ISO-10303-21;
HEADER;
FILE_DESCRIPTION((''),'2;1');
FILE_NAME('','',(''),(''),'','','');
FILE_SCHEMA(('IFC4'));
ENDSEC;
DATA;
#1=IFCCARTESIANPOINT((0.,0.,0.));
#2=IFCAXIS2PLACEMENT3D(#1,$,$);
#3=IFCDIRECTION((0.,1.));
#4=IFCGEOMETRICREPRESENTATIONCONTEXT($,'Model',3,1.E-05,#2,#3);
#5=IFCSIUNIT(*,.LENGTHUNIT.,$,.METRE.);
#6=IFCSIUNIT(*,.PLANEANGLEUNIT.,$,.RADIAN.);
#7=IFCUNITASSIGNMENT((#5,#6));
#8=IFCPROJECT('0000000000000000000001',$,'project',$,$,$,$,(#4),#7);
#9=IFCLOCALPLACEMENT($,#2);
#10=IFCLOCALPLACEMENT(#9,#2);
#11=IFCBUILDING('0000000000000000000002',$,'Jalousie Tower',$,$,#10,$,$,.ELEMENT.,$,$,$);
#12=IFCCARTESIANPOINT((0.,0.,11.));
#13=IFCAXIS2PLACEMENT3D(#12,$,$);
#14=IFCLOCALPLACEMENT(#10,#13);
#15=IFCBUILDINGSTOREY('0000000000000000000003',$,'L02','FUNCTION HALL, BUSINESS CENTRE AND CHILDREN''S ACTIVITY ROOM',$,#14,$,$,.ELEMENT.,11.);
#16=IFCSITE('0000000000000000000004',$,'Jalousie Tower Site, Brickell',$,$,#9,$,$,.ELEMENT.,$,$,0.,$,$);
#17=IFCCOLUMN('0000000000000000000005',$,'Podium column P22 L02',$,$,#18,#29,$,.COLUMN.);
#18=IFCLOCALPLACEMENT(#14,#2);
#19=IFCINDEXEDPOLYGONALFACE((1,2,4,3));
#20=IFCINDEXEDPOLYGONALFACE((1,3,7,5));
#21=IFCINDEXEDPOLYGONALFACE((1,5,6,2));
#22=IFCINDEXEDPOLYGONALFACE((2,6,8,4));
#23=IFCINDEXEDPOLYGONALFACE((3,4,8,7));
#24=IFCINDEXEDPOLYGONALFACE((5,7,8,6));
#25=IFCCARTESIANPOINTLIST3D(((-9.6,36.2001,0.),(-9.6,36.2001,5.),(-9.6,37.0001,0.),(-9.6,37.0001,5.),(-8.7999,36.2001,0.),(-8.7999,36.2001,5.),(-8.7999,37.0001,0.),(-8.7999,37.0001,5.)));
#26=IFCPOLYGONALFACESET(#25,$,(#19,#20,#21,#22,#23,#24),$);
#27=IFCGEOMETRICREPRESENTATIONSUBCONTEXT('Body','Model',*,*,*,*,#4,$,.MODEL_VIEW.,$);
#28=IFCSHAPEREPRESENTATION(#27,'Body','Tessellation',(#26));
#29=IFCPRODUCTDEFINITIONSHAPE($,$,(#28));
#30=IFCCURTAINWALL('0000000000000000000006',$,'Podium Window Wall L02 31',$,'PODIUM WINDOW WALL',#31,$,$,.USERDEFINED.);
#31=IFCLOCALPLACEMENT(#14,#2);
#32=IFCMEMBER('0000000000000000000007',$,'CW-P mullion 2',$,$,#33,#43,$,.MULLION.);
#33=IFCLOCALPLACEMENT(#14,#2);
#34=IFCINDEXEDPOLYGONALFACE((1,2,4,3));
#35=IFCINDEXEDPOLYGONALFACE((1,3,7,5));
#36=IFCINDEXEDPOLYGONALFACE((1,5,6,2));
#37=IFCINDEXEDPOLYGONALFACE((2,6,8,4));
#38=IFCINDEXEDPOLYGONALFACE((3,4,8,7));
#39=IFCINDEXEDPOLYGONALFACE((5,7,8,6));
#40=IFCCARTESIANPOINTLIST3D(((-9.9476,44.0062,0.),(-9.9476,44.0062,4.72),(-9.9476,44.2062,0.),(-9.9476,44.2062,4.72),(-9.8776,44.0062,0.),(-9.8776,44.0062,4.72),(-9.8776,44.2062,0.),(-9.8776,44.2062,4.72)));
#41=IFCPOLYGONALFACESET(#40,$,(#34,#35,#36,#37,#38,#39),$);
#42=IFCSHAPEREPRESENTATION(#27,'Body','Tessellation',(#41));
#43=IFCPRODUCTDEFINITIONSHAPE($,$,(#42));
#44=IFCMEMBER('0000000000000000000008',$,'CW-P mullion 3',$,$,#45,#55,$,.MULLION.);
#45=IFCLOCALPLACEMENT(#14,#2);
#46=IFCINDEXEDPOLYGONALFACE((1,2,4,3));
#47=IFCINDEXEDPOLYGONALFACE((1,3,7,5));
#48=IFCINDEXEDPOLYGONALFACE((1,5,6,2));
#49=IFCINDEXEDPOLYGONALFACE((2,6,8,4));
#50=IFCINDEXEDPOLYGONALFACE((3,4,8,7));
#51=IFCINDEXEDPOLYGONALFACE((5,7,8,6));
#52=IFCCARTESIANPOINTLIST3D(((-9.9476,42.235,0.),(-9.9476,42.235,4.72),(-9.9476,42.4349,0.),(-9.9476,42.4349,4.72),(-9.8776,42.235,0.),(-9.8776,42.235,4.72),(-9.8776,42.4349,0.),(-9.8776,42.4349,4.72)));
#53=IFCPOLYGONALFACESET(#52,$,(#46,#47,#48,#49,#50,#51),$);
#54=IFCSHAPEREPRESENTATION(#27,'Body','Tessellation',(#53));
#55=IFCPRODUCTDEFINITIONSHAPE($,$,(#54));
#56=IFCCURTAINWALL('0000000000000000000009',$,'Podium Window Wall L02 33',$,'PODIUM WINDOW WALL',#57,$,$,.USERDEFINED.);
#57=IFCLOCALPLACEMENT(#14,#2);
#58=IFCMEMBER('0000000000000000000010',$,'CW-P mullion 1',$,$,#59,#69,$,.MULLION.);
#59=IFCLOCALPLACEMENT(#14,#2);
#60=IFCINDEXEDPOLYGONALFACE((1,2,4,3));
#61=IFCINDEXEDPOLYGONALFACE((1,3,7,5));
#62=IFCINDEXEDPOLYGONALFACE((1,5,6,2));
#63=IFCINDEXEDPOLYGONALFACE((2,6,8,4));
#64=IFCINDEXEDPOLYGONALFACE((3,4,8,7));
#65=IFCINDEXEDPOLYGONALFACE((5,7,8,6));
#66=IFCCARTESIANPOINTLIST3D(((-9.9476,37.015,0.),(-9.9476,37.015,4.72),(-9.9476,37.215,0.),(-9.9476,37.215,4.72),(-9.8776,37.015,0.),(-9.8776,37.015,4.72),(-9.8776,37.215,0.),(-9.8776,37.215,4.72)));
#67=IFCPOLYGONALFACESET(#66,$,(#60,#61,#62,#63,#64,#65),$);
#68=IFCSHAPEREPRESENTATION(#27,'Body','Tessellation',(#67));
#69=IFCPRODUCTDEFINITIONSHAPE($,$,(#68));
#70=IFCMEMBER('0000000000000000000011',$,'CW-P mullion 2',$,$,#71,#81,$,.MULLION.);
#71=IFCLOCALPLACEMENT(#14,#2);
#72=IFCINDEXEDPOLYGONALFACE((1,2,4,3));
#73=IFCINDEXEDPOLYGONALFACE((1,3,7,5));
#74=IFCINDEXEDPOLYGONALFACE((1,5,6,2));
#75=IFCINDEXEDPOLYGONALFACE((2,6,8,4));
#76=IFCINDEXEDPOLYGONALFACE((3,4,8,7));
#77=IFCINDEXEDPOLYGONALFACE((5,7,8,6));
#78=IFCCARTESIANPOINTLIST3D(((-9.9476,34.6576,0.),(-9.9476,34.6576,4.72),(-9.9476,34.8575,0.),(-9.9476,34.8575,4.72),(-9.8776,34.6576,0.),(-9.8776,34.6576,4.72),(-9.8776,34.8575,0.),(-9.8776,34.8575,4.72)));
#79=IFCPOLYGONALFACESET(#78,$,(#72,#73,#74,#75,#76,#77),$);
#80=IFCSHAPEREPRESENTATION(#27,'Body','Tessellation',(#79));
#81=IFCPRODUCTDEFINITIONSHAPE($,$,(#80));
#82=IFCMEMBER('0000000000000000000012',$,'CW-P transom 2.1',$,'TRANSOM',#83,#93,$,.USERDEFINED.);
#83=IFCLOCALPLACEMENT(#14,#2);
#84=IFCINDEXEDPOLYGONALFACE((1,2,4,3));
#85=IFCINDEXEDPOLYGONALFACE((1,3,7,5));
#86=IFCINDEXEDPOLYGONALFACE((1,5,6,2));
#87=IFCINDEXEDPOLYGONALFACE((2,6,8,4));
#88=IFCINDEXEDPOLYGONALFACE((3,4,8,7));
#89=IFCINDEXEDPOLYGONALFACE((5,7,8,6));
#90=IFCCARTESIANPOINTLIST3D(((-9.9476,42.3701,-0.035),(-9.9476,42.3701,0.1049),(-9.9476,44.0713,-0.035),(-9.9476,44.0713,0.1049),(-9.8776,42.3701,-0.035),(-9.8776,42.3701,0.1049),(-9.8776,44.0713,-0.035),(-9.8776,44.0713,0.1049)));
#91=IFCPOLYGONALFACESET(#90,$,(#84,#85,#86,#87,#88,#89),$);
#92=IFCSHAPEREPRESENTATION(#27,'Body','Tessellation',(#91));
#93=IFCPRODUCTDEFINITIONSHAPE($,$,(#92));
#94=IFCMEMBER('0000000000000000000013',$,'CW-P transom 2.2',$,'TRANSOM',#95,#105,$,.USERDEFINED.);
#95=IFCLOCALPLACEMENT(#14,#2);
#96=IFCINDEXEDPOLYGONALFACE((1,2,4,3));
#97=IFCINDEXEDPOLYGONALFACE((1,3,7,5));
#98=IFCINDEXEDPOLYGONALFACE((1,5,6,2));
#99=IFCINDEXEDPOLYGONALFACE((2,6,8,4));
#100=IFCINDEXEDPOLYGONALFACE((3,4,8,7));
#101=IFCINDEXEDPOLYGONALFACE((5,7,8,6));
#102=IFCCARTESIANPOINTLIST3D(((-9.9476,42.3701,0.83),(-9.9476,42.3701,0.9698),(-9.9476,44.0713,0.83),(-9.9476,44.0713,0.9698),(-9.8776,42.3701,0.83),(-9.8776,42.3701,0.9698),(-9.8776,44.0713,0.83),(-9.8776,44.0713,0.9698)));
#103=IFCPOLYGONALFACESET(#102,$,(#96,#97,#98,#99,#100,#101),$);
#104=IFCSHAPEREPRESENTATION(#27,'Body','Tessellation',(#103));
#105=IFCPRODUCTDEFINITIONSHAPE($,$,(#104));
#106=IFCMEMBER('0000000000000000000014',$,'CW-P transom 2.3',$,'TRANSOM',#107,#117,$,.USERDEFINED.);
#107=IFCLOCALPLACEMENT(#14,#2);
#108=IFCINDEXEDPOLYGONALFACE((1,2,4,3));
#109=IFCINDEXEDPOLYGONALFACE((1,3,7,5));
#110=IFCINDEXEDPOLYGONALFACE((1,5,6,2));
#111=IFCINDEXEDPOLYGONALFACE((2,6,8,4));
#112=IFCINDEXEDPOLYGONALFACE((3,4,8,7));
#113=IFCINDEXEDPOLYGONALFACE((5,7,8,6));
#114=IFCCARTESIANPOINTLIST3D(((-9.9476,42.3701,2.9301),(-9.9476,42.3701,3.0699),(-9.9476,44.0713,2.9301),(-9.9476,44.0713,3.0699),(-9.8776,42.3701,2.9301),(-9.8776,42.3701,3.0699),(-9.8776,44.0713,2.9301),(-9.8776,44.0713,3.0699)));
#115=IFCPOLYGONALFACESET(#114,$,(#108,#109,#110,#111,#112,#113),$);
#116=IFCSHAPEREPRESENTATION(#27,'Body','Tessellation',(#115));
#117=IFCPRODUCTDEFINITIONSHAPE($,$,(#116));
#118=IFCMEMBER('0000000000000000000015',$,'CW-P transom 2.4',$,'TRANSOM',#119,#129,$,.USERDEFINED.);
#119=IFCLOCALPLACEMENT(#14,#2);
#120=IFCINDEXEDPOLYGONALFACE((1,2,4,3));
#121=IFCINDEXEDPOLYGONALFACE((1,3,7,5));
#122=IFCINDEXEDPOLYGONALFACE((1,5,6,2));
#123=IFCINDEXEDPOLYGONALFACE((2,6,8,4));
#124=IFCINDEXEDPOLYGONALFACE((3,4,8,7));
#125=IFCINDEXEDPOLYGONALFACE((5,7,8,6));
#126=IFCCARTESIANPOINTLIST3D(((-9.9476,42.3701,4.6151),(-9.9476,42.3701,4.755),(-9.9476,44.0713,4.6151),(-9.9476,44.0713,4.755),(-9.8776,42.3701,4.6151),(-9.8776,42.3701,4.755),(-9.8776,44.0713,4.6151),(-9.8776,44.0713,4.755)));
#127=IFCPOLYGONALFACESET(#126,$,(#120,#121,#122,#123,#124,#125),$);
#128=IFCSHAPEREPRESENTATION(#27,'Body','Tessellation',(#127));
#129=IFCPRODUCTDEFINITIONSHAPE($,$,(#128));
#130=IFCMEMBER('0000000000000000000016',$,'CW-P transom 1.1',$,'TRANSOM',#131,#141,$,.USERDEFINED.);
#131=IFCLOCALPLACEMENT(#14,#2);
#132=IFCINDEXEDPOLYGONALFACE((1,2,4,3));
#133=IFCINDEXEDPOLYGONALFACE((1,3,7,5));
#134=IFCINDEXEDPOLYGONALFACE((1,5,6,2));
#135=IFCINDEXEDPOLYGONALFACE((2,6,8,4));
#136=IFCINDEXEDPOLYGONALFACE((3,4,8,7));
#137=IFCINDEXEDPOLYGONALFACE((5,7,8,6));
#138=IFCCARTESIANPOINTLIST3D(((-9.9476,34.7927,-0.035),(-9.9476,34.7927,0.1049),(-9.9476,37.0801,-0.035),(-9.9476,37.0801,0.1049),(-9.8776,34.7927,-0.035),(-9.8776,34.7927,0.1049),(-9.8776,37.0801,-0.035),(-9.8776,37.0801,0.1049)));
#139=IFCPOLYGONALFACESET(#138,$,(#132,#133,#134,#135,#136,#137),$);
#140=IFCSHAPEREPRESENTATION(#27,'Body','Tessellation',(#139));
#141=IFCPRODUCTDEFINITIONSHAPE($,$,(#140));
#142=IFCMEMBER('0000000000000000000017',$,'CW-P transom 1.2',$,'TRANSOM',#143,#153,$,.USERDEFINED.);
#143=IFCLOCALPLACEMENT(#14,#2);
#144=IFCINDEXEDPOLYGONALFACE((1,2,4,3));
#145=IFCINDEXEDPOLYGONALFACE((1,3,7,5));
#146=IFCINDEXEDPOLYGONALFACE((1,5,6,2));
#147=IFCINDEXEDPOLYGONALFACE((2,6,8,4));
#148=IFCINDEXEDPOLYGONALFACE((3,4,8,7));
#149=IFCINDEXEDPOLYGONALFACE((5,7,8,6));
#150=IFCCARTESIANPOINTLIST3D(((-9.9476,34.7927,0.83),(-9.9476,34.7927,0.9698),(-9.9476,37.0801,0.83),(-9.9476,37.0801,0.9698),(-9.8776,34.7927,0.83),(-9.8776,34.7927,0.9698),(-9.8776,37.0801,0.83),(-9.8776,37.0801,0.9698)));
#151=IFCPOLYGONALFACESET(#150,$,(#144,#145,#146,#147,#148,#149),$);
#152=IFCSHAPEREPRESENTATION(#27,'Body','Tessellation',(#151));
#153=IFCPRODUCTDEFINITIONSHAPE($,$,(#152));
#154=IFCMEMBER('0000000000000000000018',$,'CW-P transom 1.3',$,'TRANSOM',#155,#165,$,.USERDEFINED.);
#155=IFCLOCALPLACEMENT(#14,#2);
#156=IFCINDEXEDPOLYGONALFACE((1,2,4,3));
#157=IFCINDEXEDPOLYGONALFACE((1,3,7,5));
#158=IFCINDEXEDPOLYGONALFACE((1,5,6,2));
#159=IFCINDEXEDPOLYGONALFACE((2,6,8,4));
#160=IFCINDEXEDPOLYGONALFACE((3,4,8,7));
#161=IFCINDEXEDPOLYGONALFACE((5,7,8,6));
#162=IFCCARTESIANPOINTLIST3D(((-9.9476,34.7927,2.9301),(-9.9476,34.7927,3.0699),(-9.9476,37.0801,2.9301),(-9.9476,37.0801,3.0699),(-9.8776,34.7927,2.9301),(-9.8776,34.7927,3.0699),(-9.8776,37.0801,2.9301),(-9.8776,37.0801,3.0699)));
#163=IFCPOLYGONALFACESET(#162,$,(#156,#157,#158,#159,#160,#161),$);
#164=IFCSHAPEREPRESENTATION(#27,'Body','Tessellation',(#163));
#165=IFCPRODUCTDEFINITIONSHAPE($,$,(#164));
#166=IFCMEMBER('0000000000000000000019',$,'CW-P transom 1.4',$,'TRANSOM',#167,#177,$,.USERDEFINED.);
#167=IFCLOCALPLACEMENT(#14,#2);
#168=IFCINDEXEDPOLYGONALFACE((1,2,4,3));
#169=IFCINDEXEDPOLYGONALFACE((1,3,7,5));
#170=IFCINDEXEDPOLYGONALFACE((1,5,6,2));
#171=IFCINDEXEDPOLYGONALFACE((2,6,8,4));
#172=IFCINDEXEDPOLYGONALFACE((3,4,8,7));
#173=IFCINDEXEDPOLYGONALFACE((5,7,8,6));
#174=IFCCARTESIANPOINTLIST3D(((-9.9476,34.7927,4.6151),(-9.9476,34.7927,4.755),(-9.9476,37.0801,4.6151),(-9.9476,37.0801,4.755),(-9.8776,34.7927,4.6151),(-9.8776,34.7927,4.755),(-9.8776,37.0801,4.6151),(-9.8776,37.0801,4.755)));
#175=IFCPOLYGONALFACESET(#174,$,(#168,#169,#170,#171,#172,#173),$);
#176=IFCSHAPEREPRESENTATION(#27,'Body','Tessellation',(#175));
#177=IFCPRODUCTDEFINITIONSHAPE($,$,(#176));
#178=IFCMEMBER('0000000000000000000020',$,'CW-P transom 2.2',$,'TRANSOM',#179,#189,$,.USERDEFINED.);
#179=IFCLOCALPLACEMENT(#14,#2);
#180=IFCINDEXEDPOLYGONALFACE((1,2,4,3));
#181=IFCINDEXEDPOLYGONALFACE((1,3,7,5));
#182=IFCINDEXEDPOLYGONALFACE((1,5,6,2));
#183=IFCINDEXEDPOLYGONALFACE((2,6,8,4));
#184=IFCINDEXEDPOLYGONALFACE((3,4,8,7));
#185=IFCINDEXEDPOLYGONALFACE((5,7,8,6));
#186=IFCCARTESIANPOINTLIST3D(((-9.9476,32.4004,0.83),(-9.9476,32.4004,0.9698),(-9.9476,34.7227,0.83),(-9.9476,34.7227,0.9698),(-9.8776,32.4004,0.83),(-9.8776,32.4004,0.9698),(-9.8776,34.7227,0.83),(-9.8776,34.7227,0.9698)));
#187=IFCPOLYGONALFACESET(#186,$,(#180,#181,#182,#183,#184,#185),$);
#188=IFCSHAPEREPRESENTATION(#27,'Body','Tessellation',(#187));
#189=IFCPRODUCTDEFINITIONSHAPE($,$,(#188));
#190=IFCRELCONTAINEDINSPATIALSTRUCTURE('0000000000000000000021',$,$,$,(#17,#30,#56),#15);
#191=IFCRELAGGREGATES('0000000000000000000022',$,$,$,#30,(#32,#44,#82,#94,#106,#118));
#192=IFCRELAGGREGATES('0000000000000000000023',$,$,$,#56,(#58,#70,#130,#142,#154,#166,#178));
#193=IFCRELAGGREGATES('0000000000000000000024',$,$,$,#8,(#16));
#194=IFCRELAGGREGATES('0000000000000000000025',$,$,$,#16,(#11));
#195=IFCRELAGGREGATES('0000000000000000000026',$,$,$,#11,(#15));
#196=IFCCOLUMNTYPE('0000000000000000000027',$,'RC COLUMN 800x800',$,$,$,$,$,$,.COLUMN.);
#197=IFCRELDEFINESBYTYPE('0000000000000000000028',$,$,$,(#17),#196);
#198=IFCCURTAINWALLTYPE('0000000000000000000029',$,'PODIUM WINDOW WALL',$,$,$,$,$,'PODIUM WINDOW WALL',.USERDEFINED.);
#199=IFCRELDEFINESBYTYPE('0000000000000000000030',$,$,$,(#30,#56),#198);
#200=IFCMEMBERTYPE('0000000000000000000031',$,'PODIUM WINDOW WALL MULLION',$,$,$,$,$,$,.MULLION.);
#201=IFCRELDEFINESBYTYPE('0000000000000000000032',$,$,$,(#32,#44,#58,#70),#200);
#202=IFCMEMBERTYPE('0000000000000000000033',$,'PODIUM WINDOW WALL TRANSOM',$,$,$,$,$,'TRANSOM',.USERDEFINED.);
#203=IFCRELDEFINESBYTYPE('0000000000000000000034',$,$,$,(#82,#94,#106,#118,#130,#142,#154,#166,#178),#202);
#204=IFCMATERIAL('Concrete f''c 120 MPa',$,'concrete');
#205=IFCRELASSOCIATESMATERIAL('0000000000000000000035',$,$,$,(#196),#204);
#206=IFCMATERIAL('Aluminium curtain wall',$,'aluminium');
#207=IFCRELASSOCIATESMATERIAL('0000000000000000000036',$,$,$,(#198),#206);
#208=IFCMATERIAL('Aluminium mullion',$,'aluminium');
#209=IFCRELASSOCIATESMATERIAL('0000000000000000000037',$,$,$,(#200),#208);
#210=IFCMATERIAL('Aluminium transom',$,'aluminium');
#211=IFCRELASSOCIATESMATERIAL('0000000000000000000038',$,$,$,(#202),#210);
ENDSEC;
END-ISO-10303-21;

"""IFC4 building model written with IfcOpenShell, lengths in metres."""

from ifc_helpers import new_model, si_unit, direction, frame, origin, origin_2d, place, context, subcontext, project, spatial, rectangle, extrude, material, material_profile, profile_set, type_object, element, aggregate, save


model = new_model("IFC4")

# Units and contexts
model_context = context("Model", 3, precision=1e-05, world=origin(), true_north=direction((0.0, 1.0)))
body_context = subcontext(model_context, "Body", "Model", "MODEL_VIEW")
ifc_project = project(units=[si_unit("LENGTHUNIT", "METRE"), si_unit("PLANEANGLEUNIT", "RADIAN")], contexts=[model_context])

# Site, building, storey
site_placement = place(None, origin())
site = spatial("IfcSite", under=ifc_project, at=site_placement, Name="Jalousie Tower Site, Brickell", CompositionType="ELEMENT", RefElevation=0.0)
building_placement = place(site_placement, origin())
building = spatial("IfcBuilding", under=site, at=building_placement, Name="Jalousie Tower", CompositionType="ELEMENT")
storey_placement = place(building_placement, frame((0.0, 0.0, 11.0)))
storey = spatial("IfcBuildingStorey", under=building, at=storey_placement, Name="L02", Description="FUNCTION HALL, BUSINESS CENTRE AND CHILDREN'S ACTIVITY ROOM", CompositionType="ELEMENT", Elevation=11.0)

# Column
ifc_material_1 = material(Name="Concrete f'c 120 MPa", Category="concrete")
ifc_material_profile_1 = material_profile(ifc_material_1, rectangle(XDim=0.8, YDim=0.8, at=origin_2d()), Name="RC 800x800")
ifc_profile_set_1 = profile_set([ifc_material_profile_1], Name="Concrete f'c 120 MPa")
column_type = type_object("IfcColumnType", Name="RC COLUMN 800x800", PredefinedType="COLUMN", material=ifc_profile_set_1)
column_placement = place(storey_placement, frame((-9.2, 36.6001, 0.0), z_axis=(0.0, 0.0, 1.0), x_axis=(1.0, 0.0, 0.0)))
element("IfcColumn", 1, at=column_placement, inside=storey, type_object=column_type, Name="Podium column P22 L02", PredefinedType="COLUMN", context=body_context, shape_type="SweptSolid", body=[
    extrude(rectangle(XDim=0.8, YDim=0.8, at=origin_2d()), origin(), (0.0, 0.0, 1.0), 5.0),
])

# Curtain walls, members
ifc_material_2 = material(Name="Aluminium curtain wall", Category="aluminium")
curtain_wall_type = type_object("IfcCurtainWallType", Name="PODIUM WINDOW WALL", ElementType="PODIUM WINDOW WALL", PredefinedType="USERDEFINED", material=ifc_material_2)
curtain_wall_1_placement = place(storey_placement, origin())
curtain_wall_1 = element("IfcCurtainWall", 2, at=curtain_wall_1_placement, inside=storey, type_object=curtain_wall_type, Name="Podium Window Wall L02 31", ObjectType="PODIUM WINDOW WALL", PredefinedType="USERDEFINED")
ifc_material_3 = material(Name="Aluminium mullion", Category="aluminium")
ifc_material_profile_2 = material_profile(ifc_material_3, rectangle(XDim=0.0701, YDim=0.2, at=origin_2d()), Name="MULLION 70x200")
ifc_profile_set_2 = profile_set([ifc_material_profile_2], Name="Aluminium mullion")
member_type_1 = type_object("IfcMemberType", Name="PODIUM WINDOW WALL MULLION", PredefinedType="MULLION", material=ifc_profile_set_2)
member_1_placement = place(storey_placement, frame((-9.9126, 44.1062, 0.0), z_axis=(0.0, 0.0, 1.0), x_axis=(1.0, 0.0, 0.0)))
member_1 = element("IfcMember", 3, at=member_1_placement, type_object=member_type_1, Name="CW-P mullion 2", PredefinedType="MULLION", context=body_context, shape_type="SweptSolid", body=[
    extrude(rectangle(XDim=0.0701, YDim=0.2, at=origin_2d()), origin(), (0.0, 0.0, 1.0), 4.72),
])
member_2_placement = place(storey_placement, frame((-9.9126, 42.335, 0.0), z_axis=(0.0, 0.0, 1.0), x_axis=(1.0, 0.0, 0.0)))
member_2 = element("IfcMember", 4, at=member_2_placement, type_object=member_type_1, Name="CW-P mullion 3", PredefinedType="MULLION", context=body_context, shape_type="SweptSolid", body=[
    extrude(rectangle(XDim=0.0701, YDim=0.2, at=origin_2d()), origin(), (0.0, 0.0, 1.0), 4.72),
])
curtain_wall_2_placement = place(storey_placement, origin())
curtain_wall_2 = element("IfcCurtainWall", 5, at=curtain_wall_2_placement, inside=storey, type_object=curtain_wall_type, Name="Podium Window Wall L02 33", ObjectType="PODIUM WINDOW WALL", PredefinedType="USERDEFINED")
member_3_placement = place(storey_placement, frame((-9.9126, 37.115, 0.0), z_axis=(0.0, 0.0, 1.0), x_axis=(1.0, 0.0, 0.0)))
member_3 = element("IfcMember", 6, at=member_3_placement, type_object=member_type_1, Name="CW-P mullion 1", PredefinedType="MULLION", context=body_context, shape_type="SweptSolid", body=[
    extrude(rectangle(XDim=0.0701, YDim=0.2, at=origin_2d()), origin(), (0.0, 0.0, 1.0), 4.72),
])
member_4_placement = place(storey_placement, frame((-9.9126, 34.7576, 0.0), z_axis=(0.0, 0.0, 1.0), x_axis=(1.0, 0.0, 0.0)))
member_4 = element("IfcMember", 7, at=member_4_placement, type_object=member_type_1, Name="CW-P mullion 2", PredefinedType="MULLION", context=body_context, shape_type="SweptSolid", body=[
    extrude(rectangle(XDim=0.0701, YDim=0.2, at=origin_2d()), origin(), (0.0, 0.0, 1.0), 4.72),
])

# Members
ifc_material_4 = material(Name="Aluminium transom", Category="aluminium")
ifc_material_profile_3 = material_profile(ifc_material_4, rectangle(XDim=0.0701, YDim=0.1399, at=origin_2d()), Name="TRANSOM 70x140")
ifc_profile_set_3 = profile_set([ifc_material_profile_3], Name="Aluminium transom")
member_type_2 = type_object("IfcMemberType", Name="PODIUM WINDOW WALL TRANSOM", ElementType="TRANSOM", PredefinedType="USERDEFINED", material=ifc_profile_set_3)
member_5_placement = place(storey_placement, frame((-9.9126, 44.0713, 0.0349), z_axis=(0.0, -1.0, 0.0), x_axis=(1.0, 0.0, 0.0)))
member_5 = element("IfcMember", 8, at=member_5_placement, type_object=member_type_2, Name="CW-P transom 2.1", ObjectType="TRANSOM", PredefinedType="USERDEFINED", context=body_context, shape_type="SweptSolid", body=[
    extrude(rectangle(XDim=0.0701, YDim=0.1399, at=origin_2d()), origin(), (0.0, 0.0, 1.0), 1.7012),
])
member_6_placement = place(storey_placement, frame((-9.9126, 44.0713, 0.8999), z_axis=(0.0, -1.0, 0.0), x_axis=(1.0, 0.0, 0.0)))
member_6 = element("IfcMember", 9, at=member_6_placement, type_object=member_type_2, Name="CW-P transom 2.2", ObjectType="TRANSOM", PredefinedType="USERDEFINED", context=body_context, shape_type="SweptSolid", body=[
    extrude(rectangle(XDim=0.0701, YDim=0.1399, at=origin_2d()), origin(), (0.0, 0.0, 1.0), 1.7012),
])
member_7_placement = place(storey_placement, frame((-9.9126, 44.0713, 3.0), z_axis=(0.0, -1.0, 0.0), x_axis=(1.0, 0.0, 0.0)))
member_7 = element("IfcMember", 10, at=member_7_placement, type_object=member_type_2, Name="CW-P transom 2.3", ObjectType="TRANSOM", PredefinedType="USERDEFINED", context=body_context, shape_type="SweptSolid", body=[
    extrude(rectangle(XDim=0.0701, YDim=0.1399, at=origin_2d()), origin(), (0.0, 0.0, 1.0), 1.7012),
])
member_8_placement = place(storey_placement, frame((-9.9126, 44.0713, 4.6851), z_axis=(0.0, -1.0, 0.0), x_axis=(1.0, 0.0, 0.0)))
member_8 = element("IfcMember", 11, at=member_8_placement, type_object=member_type_2, Name="CW-P transom 2.4", ObjectType="TRANSOM", PredefinedType="USERDEFINED", context=body_context, shape_type="SweptSolid", body=[
    extrude(rectangle(XDim=0.0701, YDim=0.1399, at=origin_2d()), origin(), (0.0, 0.0, 1.0), 1.7012),
])
member_9_placement = place(storey_placement, frame((-9.9126, 37.0801, 0.0349), z_axis=(0.0, -1.0, 0.0), x_axis=(1.0, 0.0, 0.0)))
member_9 = element("IfcMember", 12, at=member_9_placement, type_object=member_type_2, Name="CW-P transom 1.1", ObjectType="TRANSOM", PredefinedType="USERDEFINED", context=body_context, shape_type="SweptSolid", body=[
    extrude(rectangle(XDim=0.0701, YDim=0.1399, at=origin_2d()), origin(), (0.0, 0.0, 1.0), 2.2874),
])
member_10_placement = place(storey_placement, frame((-9.9126, 37.0801, 0.8999), z_axis=(0.0, -1.0, 0.0), x_axis=(1.0, 0.0, 0.0)))
member_10 = element("IfcMember", 13, at=member_10_placement, type_object=member_type_2, Name="CW-P transom 1.2", ObjectType="TRANSOM", PredefinedType="USERDEFINED", context=body_context, shape_type="SweptSolid", body=[
    extrude(rectangle(XDim=0.0701, YDim=0.1399, at=origin_2d()), origin(), (0.0, 0.0, 1.0), 2.2874),
])
member_11_placement = place(storey_placement, frame((-9.9126, 37.0801, 3.0), z_axis=(0.0, -1.0, 0.0), x_axis=(1.0, 0.0, 0.0)))
member_11 = element("IfcMember", 14, at=member_11_placement, type_object=member_type_2, Name="CW-P transom 1.3", ObjectType="TRANSOM", PredefinedType="USERDEFINED", context=body_context, shape_type="SweptSolid", body=[
    extrude(rectangle(XDim=0.0701, YDim=0.1399, at=origin_2d()), origin(), (0.0, 0.0, 1.0), 2.2874),
])
member_12_placement = place(storey_placement, frame((-9.9126, 37.0801, 4.6851), z_axis=(0.0, -1.0, 0.0), x_axis=(1.0, 0.0, 0.0)))
member_12 = element("IfcMember", 15, at=member_12_placement, type_object=member_type_2, Name="CW-P transom 1.4", ObjectType="TRANSOM", PredefinedType="USERDEFINED", context=body_context, shape_type="SweptSolid", body=[
    extrude(rectangle(XDim=0.0701, YDim=0.1399, at=origin_2d()), origin(), (0.0, 0.0, 1.0), 2.2874),
])
member_13_placement = place(storey_placement, frame((-9.9126, 34.7227, 0.8999), z_axis=(0.0, -1.0, 0.0), x_axis=(1.0, 0.0, 0.0)))
member_13 = element("IfcMember", 16, at=member_13_placement, type_object=member_type_2, Name="CW-P transom 2.2", ObjectType="TRANSOM", PredefinedType="USERDEFINED", context=body_context, shape_type="SweptSolid", body=[
    extrude(rectangle(XDim=0.0701, YDim=0.1399, at=origin_2d()), origin(), (0.0, 0.0, 1.0), 2.3223),
])

aggregate(curtain_wall_1, [member_1, member_2, member_5, member_6, member_7, member_8])
aggregate(curtain_wall_2, [member_3, member_4, member_9, member_10, member_11, member_12, member_13])

save(model, "model.ifc")
